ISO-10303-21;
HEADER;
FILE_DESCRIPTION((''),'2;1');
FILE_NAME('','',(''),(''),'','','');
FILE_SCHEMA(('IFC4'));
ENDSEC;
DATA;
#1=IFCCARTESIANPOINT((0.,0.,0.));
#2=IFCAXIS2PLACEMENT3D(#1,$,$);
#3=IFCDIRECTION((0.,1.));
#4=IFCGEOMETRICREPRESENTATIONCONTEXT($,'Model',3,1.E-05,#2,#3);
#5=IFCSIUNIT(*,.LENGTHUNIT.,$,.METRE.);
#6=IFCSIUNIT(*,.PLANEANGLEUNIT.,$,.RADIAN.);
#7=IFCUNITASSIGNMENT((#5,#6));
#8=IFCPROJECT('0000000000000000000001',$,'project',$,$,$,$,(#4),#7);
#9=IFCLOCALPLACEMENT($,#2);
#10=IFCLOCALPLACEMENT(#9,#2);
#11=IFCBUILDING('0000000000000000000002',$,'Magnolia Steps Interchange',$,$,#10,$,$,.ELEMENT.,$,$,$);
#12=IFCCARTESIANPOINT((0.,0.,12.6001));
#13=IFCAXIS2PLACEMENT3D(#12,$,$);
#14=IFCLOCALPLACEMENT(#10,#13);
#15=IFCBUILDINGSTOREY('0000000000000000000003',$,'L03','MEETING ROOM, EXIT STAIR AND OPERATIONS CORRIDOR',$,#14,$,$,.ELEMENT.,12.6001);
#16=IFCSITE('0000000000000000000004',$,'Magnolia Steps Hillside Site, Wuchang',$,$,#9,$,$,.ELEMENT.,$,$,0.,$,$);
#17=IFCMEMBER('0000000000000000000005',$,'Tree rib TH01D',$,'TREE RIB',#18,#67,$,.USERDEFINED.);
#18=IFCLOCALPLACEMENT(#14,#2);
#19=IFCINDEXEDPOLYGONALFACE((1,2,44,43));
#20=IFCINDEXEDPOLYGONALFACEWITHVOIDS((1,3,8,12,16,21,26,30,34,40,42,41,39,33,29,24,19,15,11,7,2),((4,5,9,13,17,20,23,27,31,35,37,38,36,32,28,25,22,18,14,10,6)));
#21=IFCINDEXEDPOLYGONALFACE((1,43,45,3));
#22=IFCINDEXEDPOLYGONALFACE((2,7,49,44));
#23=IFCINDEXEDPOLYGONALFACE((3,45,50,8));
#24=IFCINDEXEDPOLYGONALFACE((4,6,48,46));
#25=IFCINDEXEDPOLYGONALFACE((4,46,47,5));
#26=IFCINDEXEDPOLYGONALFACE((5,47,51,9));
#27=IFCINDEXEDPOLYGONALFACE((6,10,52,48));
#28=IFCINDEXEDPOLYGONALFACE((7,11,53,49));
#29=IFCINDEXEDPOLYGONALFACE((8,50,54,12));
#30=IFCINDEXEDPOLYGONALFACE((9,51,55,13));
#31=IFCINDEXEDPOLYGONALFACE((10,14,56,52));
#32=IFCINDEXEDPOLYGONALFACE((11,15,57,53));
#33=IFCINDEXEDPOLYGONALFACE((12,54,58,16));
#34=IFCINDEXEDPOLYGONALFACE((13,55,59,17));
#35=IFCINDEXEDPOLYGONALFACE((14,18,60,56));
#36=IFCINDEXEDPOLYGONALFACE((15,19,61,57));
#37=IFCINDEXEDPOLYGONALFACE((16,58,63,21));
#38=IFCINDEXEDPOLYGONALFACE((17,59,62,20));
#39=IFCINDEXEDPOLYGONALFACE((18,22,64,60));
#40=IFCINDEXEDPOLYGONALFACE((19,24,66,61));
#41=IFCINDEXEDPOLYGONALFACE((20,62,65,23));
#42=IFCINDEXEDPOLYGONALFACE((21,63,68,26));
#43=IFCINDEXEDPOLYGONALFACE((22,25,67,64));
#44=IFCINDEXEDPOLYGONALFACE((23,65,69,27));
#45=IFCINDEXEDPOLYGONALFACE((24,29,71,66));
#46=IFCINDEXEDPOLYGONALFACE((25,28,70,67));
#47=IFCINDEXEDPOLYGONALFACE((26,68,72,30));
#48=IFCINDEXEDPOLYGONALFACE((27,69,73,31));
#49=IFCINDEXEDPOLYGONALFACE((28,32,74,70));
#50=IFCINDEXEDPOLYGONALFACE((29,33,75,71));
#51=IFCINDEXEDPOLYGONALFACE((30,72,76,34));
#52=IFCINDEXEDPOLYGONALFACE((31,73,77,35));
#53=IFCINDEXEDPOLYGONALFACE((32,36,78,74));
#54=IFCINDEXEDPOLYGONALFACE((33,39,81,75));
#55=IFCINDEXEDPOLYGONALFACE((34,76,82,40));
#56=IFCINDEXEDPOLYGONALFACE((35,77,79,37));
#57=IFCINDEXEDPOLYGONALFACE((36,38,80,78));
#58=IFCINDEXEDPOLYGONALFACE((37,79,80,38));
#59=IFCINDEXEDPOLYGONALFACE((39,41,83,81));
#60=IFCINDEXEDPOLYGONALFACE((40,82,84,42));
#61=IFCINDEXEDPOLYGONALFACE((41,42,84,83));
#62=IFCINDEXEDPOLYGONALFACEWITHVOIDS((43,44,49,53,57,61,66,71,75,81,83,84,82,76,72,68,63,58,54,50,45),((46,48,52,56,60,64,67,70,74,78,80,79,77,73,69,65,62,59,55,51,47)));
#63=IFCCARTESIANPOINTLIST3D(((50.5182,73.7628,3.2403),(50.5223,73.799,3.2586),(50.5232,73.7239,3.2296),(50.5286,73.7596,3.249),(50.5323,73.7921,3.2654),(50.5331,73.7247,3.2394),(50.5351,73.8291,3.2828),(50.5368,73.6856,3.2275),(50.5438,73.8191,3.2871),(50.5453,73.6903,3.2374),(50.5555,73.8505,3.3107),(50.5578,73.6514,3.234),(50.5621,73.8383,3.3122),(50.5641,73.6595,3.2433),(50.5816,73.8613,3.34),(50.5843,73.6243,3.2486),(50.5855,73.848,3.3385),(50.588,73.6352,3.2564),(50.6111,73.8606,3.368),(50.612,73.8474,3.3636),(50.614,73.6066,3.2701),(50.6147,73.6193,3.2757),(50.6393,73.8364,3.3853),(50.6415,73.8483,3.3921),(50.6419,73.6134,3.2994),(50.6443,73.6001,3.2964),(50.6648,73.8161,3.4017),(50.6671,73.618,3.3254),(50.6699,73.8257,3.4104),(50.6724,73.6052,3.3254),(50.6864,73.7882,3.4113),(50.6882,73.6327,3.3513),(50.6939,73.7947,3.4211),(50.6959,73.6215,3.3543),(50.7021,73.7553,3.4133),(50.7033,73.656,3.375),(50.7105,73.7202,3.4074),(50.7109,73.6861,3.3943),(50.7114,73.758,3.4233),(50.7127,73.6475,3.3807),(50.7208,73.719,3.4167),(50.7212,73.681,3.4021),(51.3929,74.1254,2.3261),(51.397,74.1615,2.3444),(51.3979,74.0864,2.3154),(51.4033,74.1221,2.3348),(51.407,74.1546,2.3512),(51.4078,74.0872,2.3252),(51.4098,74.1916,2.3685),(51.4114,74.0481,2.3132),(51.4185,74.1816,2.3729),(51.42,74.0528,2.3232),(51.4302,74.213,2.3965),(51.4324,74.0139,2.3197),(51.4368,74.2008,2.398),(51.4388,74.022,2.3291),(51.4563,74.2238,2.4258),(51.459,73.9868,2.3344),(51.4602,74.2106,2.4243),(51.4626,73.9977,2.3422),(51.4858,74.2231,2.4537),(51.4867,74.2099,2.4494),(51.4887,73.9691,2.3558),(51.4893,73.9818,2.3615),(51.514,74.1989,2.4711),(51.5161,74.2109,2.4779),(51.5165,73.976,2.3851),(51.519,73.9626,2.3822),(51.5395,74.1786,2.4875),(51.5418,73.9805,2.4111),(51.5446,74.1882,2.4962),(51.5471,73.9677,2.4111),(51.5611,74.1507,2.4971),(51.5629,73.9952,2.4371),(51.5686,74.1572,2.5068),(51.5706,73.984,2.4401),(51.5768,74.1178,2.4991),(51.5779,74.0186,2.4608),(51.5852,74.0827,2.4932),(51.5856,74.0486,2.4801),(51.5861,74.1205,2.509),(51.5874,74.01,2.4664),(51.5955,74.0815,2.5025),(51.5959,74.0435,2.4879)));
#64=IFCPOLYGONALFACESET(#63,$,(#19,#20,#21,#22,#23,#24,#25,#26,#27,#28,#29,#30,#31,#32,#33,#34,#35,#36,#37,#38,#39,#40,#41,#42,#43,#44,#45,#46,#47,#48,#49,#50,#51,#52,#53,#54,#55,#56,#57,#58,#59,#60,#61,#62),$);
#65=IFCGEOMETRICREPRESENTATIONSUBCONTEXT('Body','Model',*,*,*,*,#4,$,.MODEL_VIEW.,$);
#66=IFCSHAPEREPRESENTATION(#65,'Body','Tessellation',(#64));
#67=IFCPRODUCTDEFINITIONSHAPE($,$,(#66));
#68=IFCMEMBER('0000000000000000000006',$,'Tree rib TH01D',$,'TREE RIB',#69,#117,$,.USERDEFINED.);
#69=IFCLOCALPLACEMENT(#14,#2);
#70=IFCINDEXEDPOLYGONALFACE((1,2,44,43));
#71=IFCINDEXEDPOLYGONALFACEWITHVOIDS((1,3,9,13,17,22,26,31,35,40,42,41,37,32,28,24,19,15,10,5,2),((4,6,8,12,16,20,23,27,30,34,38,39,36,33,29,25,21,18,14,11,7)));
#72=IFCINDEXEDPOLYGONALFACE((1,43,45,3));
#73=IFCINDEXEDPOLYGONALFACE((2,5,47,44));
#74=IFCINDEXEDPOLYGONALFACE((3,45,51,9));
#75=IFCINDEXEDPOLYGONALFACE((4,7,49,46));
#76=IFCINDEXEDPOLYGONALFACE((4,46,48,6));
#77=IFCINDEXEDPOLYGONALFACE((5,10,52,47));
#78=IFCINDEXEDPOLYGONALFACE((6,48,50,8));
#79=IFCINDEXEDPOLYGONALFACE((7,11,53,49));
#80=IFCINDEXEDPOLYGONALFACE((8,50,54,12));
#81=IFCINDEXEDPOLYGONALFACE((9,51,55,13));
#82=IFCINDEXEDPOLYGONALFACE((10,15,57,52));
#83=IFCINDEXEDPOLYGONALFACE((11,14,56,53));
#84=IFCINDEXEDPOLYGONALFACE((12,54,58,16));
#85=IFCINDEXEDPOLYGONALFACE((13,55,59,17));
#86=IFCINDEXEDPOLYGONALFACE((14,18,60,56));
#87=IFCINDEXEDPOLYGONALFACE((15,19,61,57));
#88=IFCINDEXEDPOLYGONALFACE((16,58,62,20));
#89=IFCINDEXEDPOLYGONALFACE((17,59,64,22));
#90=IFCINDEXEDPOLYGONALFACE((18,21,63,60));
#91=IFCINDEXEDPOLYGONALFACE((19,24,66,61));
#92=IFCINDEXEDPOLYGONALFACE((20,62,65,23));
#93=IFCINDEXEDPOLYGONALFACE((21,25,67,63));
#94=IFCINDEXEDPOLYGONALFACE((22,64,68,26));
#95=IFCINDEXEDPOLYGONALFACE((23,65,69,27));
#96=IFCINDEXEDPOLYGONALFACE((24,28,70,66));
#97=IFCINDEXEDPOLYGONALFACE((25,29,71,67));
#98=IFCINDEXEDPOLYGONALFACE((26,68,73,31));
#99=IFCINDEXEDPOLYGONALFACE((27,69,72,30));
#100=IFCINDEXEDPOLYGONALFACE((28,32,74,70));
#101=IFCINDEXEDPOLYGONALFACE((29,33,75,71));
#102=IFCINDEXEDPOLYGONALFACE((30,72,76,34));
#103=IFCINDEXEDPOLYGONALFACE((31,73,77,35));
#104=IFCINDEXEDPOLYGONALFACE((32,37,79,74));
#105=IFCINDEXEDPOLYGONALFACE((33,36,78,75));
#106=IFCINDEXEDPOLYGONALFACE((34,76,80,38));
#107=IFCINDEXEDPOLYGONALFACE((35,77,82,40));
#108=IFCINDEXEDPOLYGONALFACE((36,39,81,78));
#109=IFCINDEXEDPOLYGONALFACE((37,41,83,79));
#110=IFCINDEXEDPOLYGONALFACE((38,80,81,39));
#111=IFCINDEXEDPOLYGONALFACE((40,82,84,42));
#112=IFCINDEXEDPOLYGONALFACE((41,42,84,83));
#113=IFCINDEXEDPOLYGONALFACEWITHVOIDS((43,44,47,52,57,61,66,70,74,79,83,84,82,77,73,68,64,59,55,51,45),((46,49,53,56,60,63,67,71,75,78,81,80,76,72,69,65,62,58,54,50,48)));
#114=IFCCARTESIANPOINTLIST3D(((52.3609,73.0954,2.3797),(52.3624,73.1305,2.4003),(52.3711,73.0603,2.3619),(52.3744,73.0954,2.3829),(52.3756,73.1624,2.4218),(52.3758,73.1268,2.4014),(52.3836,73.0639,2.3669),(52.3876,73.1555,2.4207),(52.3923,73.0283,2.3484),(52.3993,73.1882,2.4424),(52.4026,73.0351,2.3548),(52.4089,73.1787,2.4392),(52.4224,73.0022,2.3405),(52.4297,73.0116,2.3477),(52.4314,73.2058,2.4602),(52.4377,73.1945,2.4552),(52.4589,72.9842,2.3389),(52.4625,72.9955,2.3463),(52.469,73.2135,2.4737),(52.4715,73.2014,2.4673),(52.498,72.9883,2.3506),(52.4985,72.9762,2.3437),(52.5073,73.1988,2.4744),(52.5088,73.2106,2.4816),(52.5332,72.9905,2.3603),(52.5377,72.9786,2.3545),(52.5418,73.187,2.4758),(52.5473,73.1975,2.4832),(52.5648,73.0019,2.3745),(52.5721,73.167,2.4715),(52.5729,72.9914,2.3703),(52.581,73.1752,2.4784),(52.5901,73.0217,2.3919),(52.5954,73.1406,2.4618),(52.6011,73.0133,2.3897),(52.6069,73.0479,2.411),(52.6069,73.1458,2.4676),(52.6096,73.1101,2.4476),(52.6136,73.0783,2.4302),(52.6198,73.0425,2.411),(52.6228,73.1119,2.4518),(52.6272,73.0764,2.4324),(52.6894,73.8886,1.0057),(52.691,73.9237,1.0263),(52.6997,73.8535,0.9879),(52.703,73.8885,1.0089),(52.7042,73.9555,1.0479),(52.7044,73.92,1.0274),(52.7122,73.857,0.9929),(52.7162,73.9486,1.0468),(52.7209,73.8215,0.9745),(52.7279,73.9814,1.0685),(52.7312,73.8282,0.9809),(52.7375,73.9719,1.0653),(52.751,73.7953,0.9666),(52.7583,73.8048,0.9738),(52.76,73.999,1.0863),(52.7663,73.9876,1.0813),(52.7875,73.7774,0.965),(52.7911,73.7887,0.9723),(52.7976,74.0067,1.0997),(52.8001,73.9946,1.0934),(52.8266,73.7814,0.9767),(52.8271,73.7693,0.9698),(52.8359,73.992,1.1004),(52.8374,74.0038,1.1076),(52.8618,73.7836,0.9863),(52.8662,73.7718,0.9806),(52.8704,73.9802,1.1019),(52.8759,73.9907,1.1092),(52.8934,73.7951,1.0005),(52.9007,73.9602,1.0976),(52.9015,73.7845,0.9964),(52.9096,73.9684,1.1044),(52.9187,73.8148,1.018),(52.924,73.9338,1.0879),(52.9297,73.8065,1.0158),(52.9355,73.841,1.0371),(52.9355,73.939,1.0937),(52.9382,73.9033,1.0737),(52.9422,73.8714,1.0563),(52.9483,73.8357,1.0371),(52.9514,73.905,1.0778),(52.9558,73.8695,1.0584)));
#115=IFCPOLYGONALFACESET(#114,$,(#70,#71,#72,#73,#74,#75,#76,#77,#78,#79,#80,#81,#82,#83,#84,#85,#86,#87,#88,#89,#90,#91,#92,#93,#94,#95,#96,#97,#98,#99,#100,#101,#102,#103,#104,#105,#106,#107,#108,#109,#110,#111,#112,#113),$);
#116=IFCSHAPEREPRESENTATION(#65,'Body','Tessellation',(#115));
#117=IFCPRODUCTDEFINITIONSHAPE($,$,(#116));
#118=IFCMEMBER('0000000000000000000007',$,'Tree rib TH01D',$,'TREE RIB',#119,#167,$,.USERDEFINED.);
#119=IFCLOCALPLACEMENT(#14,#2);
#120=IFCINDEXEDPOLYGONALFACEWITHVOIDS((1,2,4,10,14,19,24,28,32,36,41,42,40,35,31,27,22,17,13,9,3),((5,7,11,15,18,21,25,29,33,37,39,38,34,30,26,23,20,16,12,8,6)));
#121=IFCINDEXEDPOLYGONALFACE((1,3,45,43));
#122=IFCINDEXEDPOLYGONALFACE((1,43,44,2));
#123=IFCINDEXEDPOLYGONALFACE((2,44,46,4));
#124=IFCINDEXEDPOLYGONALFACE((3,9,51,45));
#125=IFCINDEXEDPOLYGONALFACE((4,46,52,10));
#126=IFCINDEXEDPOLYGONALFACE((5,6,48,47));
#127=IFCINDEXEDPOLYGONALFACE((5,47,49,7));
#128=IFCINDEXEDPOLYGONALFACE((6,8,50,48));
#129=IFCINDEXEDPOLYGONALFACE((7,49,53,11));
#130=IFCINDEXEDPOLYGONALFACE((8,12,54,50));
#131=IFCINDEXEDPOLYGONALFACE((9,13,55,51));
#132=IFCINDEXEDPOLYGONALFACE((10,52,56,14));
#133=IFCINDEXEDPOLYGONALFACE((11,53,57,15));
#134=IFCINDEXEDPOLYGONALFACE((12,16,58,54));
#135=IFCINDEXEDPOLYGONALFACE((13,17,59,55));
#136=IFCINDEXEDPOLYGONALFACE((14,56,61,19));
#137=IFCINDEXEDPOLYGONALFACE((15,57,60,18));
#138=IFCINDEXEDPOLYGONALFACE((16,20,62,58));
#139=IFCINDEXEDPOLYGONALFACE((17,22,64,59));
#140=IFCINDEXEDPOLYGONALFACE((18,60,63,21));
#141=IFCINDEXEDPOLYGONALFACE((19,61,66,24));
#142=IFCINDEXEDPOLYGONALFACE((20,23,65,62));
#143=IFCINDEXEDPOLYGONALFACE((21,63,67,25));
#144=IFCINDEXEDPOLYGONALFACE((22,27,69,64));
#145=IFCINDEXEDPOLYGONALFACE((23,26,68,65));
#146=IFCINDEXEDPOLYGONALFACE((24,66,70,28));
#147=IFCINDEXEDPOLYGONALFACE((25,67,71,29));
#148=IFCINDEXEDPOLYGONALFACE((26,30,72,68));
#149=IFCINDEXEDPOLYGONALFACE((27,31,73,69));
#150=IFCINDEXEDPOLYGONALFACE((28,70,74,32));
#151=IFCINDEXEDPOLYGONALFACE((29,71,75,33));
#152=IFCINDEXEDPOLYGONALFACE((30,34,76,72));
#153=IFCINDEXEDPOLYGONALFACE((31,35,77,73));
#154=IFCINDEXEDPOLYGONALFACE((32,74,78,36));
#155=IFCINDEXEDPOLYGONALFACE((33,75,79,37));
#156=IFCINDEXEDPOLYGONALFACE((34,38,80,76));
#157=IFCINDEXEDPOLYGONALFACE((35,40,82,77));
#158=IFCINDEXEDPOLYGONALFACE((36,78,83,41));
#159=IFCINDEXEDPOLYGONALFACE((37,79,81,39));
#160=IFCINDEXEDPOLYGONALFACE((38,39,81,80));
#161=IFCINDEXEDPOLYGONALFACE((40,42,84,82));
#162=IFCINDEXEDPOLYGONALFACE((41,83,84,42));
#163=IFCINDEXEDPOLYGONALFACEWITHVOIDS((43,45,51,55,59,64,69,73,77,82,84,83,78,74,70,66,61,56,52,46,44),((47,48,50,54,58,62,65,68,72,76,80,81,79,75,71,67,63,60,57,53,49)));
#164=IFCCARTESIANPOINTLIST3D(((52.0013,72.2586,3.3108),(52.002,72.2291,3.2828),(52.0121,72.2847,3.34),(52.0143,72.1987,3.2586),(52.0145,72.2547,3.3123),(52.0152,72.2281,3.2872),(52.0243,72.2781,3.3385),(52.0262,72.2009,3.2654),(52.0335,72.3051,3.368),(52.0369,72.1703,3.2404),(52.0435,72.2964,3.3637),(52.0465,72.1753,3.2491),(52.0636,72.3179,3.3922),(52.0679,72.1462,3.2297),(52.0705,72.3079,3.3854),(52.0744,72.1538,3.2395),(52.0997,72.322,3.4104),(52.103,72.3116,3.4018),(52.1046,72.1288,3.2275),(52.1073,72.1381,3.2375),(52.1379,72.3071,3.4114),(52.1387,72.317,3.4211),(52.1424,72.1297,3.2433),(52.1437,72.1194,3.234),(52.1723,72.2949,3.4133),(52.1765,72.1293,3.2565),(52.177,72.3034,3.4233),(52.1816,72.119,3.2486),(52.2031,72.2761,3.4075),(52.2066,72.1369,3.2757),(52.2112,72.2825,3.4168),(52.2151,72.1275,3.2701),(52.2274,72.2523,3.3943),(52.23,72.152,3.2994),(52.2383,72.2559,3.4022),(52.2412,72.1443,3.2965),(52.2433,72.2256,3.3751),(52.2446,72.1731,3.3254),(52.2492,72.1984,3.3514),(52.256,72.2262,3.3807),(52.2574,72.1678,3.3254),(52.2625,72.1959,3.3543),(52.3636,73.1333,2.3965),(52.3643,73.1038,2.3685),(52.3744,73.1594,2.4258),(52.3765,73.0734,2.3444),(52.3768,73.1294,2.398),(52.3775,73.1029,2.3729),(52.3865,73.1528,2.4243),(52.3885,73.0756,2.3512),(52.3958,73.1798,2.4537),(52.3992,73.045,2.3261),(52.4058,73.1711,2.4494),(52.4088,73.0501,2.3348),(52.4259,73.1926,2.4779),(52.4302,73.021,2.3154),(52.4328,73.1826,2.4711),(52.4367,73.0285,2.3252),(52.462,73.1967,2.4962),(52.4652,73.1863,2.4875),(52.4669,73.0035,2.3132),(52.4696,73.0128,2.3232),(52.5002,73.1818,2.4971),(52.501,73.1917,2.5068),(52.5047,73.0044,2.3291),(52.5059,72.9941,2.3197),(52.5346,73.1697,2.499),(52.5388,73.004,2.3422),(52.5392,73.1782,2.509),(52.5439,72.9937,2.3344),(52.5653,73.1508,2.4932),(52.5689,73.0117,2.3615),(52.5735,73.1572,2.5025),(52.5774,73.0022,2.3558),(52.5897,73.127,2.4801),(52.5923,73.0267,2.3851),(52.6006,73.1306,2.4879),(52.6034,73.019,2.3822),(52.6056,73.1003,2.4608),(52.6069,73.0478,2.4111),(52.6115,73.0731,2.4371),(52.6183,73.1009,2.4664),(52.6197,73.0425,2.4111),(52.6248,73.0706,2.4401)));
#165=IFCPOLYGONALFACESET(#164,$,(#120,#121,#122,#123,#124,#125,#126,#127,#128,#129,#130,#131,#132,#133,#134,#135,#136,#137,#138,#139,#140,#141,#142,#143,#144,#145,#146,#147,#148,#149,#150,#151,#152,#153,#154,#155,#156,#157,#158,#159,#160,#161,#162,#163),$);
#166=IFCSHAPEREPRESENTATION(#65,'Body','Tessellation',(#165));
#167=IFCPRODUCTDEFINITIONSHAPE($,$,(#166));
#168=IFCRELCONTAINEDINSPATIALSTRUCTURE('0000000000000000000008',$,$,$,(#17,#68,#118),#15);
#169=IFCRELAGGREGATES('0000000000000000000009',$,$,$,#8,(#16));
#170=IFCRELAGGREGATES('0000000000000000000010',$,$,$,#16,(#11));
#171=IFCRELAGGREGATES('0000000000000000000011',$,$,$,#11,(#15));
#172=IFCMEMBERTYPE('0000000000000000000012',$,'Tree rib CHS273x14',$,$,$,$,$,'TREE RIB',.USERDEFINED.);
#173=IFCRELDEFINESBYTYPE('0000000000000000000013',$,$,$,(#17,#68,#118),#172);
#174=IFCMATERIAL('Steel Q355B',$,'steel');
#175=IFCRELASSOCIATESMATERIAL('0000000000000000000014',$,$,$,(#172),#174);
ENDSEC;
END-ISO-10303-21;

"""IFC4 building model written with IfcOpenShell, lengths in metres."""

from ifc_helpers import new_model, si_unit, direction, frame, origin, origin_2d, place, context, subcontext, project, spatial, hollow_circle, extrude, material, material_profile, profile_set, type_object, element, save


model = new_model("IFC4")

# Units and contexts
model_context = context("Model", 3, precision=1e-05, world=origin(), true_north=direction((0.0, 1.0)))
body_context = subcontext(model_context, "Body", "Model", "MODEL_VIEW")
ifc_project = project(units=[si_unit("LENGTHUNIT", "METRE"), si_unit("PLANEANGLEUNIT", "RADIAN")], contexts=[model_context])

# Site, building, storey
site_placement = place(None, origin())
site = spatial("IfcSite", under=ifc_project, at=site_placement, Name="Magnolia Steps Hillside Site, Wuchang", CompositionType="ELEMENT", RefElevation=0.0)
building_placement = place(site_placement, origin())
building = spatial("IfcBuilding", under=site, at=building_placement, Name="Magnolia Steps Interchange", CompositionType="ELEMENT")
storey_placement = place(building_placement, frame((0.0, 0.0, 12.6001)))
storey = spatial("IfcBuildingStorey", under=building, at=storey_placement, Name="L03", Description="MEETING ROOM, EXIT STAIR AND OPERATIONS CORRIDOR", CompositionType="ELEMENT", Elevation=12.6001)

# Members
ifc_material_1 = material(Name="Steel Q355B", Category="steel")
ifc_material_profile_1 = material_profile(ifc_material_1, hollow_circle(Radius=0.1365, WallThickness=0.0139, at=origin_2d()), Name="CHS273x14")
ifc_profile_set_1 = profile_set([ifc_material_profile_1], Name="Steel Q355B")
member_type = type_object("IfcMemberType", Name="Tree rib CHS273x14", ElementType="TREE RIB", PredefinedType="USERDEFINED", material=ifc_profile_set_1)
member_1_placement = place(storey_placement, frame((51.4949, 74.0938, 2.4111), z_axis=(-0.664566, -0.275434, 0.694613), x_axis=(0.382876, -0.9238, 0.0)))
element("IfcMember", 1, at=member_1_placement, inside=storey, type_object=member_type, Name="Tree rib TH01D", ObjectType="TREE RIB", PredefinedType="USERDEFINED", context=body_context, shape_type="SweptSolid", body=[
    extrude(hollow_circle(Radius=0.1365, WallThickness=0.0139, at=origin_2d()), origin(), (0.0, 0.0, 1.0), 1.3162),
])
member_2_placement = place(storey_placement, frame((52.8223, 73.8879, 1.0371), z_axis=(-0.20282, -0.489571, 0.848047), x_axis=(0.923857, -0.382737, 0.0)))
element("IfcMember", 2, at=member_2_placement, inside=storey, type_object=member_type, Name="Tree rib TH01D", ObjectType="TREE RIB", PredefinedType="USERDEFINED", context=body_context, shape_type="SweptSolid", body=[
    extrude(hollow_circle(Radius=0.1365, WallThickness=0.0139, at=origin_2d()), origin(), (0.0, 0.0, 1.0), 1.6201),
])
member_3_placement = place(storey_placement, frame((52.4937, 73.0947, 2.4111), z_axis=(-0.275263, -0.6646, 0.694649), x_axis=(0.923891, -0.382655, 0.0)))
element("IfcMember", 3, at=member_3_placement, inside=storey, type_object=member_type, Name="Tree rib TH01D", ObjectType="TREE RIB", PredefinedType="USERDEFINED", context=body_context, shape_type="SweptSolid", body=[
    extrude(hollow_circle(Radius=0.1365, WallThickness=0.0139, at=origin_2d()), origin(), (0.0, 0.0, 1.0), 1.3162),
])

save(model, "model.ifc")
